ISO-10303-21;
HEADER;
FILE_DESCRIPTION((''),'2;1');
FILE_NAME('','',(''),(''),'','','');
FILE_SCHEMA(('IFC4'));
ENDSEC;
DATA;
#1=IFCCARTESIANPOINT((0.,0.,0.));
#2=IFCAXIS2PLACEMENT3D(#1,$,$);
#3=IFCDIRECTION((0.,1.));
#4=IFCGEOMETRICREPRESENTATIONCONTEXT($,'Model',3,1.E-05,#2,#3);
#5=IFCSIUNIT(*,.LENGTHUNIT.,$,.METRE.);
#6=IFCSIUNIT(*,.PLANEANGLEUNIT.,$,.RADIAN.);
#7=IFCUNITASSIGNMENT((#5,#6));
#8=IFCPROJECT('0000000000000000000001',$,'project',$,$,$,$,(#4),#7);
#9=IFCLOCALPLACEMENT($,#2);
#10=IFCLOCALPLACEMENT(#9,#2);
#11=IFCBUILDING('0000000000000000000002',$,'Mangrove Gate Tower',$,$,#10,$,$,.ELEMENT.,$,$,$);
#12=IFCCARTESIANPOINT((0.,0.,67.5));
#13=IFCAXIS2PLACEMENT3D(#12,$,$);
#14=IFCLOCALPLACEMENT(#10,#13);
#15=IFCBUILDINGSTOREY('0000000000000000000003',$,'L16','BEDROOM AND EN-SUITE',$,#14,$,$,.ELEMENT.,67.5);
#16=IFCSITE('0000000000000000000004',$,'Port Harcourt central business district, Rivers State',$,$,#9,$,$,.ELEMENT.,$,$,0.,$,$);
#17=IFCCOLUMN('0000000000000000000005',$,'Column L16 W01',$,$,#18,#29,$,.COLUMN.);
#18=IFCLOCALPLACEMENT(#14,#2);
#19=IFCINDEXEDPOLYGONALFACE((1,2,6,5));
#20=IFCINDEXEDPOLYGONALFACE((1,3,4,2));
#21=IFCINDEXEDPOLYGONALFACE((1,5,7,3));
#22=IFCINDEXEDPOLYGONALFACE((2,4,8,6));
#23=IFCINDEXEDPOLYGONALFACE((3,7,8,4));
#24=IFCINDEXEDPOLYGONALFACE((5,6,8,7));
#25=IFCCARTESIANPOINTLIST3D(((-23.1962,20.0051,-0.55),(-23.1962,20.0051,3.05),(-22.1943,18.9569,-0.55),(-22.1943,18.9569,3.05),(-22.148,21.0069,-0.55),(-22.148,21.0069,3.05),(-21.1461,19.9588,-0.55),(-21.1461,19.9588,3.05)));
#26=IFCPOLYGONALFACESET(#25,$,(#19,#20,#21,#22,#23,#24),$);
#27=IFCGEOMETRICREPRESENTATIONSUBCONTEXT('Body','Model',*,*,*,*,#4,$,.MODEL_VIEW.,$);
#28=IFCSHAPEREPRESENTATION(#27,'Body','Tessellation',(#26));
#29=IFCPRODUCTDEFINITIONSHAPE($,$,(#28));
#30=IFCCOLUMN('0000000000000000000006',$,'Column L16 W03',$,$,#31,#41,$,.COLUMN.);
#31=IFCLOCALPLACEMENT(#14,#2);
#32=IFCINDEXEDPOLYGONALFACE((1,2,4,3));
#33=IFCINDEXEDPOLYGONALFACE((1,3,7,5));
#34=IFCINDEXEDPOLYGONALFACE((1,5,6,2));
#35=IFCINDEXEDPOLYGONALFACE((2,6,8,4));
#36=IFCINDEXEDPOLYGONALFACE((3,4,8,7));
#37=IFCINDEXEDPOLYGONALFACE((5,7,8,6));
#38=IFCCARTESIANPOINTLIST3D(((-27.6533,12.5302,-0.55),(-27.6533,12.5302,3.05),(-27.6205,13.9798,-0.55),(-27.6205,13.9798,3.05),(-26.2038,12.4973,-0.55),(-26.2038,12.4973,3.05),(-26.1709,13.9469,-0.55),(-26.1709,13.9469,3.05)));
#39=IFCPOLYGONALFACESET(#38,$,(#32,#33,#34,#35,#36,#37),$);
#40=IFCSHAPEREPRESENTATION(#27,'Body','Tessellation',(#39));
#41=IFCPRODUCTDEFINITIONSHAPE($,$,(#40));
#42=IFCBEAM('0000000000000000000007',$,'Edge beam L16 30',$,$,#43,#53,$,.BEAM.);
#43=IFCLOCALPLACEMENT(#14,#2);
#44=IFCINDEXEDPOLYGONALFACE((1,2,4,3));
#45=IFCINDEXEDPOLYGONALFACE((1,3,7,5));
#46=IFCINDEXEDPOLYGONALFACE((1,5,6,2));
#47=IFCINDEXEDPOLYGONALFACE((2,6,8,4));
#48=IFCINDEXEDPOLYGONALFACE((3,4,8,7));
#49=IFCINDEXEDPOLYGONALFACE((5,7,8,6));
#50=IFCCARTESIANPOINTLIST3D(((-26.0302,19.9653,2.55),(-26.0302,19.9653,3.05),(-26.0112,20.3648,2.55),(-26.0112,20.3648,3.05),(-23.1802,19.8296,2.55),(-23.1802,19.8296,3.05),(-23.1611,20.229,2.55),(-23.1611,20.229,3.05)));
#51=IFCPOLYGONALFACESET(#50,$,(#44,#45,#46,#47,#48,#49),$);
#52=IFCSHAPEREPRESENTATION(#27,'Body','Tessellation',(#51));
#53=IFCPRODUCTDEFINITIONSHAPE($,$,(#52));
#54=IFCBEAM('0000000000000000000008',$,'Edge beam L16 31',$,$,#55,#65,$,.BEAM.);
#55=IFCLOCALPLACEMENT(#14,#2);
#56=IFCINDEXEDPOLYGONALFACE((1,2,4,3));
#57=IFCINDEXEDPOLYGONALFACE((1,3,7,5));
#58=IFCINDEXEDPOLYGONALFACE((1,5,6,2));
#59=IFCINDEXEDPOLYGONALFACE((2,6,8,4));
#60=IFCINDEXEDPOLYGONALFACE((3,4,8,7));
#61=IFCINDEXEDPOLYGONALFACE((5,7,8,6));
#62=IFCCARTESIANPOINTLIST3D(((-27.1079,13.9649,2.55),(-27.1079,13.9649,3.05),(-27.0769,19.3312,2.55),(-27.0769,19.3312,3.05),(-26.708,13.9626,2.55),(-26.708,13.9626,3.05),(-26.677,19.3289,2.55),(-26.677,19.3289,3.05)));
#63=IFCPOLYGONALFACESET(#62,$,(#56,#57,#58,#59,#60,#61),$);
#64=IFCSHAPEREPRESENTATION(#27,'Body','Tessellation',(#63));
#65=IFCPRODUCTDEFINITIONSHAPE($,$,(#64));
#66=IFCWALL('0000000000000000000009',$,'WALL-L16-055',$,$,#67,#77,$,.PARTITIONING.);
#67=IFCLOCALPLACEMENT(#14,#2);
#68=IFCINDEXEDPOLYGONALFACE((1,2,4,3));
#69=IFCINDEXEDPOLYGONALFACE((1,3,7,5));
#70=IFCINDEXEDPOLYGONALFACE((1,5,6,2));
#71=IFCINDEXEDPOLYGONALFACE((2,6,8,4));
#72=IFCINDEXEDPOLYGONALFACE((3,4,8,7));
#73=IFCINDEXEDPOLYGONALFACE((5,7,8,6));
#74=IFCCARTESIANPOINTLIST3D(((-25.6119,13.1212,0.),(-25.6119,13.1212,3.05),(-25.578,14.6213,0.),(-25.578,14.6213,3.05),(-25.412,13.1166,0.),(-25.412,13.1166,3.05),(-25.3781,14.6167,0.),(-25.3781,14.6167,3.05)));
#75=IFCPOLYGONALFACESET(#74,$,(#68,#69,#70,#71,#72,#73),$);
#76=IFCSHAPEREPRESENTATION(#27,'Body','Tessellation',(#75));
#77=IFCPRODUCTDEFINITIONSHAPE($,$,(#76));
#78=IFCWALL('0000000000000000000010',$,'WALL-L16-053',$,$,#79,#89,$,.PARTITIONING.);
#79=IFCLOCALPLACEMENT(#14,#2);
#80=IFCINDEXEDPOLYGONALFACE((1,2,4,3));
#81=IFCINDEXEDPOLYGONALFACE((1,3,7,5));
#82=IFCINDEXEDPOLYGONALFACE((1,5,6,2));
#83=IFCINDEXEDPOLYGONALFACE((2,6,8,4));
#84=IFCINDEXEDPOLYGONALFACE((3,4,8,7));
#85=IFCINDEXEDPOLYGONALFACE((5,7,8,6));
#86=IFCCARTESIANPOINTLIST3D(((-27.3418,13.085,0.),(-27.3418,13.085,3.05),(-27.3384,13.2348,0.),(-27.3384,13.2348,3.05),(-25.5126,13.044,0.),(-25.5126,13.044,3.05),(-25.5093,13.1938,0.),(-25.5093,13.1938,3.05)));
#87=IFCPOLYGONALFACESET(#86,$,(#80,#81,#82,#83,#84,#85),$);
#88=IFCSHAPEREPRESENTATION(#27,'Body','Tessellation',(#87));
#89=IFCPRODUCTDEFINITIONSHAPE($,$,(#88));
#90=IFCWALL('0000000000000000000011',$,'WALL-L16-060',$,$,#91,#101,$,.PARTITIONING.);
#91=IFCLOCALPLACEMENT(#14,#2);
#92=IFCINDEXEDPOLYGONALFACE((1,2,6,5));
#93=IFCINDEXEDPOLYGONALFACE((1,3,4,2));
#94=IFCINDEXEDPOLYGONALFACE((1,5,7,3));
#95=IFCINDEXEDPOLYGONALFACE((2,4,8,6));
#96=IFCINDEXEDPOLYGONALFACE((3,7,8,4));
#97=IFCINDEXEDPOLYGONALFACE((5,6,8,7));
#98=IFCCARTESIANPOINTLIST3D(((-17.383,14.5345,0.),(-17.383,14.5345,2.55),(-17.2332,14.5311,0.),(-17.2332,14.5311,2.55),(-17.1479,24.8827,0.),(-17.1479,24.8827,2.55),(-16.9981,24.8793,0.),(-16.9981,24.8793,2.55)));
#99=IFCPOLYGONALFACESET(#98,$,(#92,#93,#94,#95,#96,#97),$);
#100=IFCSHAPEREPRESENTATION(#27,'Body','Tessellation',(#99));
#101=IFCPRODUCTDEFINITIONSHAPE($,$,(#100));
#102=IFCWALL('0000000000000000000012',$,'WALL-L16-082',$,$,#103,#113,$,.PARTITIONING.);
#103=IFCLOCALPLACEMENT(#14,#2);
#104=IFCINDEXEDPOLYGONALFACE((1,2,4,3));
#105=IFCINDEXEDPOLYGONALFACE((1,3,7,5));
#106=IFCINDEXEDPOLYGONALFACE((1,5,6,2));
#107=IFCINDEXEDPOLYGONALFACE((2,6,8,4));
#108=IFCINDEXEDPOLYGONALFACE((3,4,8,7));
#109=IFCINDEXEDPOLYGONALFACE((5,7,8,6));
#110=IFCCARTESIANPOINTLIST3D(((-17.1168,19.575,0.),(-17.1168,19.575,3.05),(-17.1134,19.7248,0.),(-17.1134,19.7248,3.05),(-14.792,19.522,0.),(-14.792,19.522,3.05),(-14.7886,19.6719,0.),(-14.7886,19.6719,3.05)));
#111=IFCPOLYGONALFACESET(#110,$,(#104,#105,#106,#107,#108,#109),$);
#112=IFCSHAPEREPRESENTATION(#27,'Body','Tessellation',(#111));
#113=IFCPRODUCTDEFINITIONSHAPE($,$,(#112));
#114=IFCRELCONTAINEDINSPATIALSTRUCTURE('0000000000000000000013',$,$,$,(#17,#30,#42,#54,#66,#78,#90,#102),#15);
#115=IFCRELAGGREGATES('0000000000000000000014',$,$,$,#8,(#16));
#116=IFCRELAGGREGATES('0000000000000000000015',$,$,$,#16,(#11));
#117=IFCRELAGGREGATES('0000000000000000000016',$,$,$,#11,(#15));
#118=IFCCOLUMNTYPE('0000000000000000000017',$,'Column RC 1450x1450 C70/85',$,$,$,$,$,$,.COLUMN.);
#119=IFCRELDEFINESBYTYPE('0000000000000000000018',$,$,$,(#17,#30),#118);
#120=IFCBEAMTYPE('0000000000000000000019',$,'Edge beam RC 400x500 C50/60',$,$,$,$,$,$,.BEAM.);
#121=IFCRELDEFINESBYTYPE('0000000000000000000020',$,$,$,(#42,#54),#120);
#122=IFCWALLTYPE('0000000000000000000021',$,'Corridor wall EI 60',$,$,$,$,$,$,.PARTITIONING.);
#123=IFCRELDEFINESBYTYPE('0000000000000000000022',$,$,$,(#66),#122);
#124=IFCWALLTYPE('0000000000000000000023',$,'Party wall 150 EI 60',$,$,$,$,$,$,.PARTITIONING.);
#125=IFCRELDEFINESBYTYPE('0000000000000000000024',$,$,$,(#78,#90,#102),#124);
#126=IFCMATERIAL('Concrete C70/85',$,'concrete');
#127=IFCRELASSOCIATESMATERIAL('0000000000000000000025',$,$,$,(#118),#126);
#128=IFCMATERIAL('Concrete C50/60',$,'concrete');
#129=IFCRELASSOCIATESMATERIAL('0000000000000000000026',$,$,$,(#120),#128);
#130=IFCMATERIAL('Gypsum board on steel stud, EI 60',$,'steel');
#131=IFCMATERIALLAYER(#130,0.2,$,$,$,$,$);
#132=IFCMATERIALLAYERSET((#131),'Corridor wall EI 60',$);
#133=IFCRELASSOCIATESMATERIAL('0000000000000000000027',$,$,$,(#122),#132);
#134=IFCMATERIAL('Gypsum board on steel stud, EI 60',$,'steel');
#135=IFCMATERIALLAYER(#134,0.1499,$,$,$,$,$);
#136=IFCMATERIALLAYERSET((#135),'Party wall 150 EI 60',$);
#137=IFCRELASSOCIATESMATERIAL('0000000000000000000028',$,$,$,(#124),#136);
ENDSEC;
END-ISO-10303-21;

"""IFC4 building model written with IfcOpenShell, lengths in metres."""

from ifc_helpers import new_model, si_unit, direction, frame, frame_2d, origin, origin_2d, place, context, subcontext, project, spatial, rectangle, extrude, material, layer, layer_set, material_profile, profile_set, type_object, element, save


model = new_model("IFC4")

# Units and contexts
model_context = context("Model", 3, precision=1e-05, world=origin(), true_north=direction((0.0, 1.0)))
body_context = subcontext(model_context, "Body", "Model", "MODEL_VIEW")
ifc_project = project(units=[si_unit("LENGTHUNIT", "METRE"), si_unit("PLANEANGLEUNIT", "RADIAN")], contexts=[model_context])

# Site, building, storey
site_placement = place(None, origin())
site = spatial("IfcSite", under=ifc_project, at=site_placement, Name="Port Harcourt central business district, Rivers State", CompositionType="ELEMENT", RefElevation=0.0)
building_placement = place(site_placement, origin())
building = spatial("IfcBuilding", under=site, at=building_placement, Name="Mangrove Gate Tower", CompositionType="ELEMENT")
storey_placement = place(building_placement, frame((0.0, 0.0, 67.5)))
storey = spatial("IfcBuildingStorey", under=building, at=storey_placement, Name="L16", Description="BEDROOM AND EN-SUITE", CompositionType="ELEMENT", Elevation=67.5)

# Columns
ifc_material_1 = material(Name="Concrete C70/85", Category="concrete")
ifc_material_profile_1 = material_profile(ifc_material_1, rectangle(XDim=1.45, YDim=1.45, at=origin_2d()))
ifc_profile_set_1 = profile_set([ifc_material_profile_1], Name="Concrete C70/85")
column_type = type_object("IfcColumnType", Name="Column RC 1450x1450 C70/85", PredefinedType="COLUMN", material=ifc_profile_set_1)
for number, where, z_axis, x_axis, name in (
    (1, (-22.1711, 19.9819, -0.55), (0.0, 0.0, 1.0), (-0.722911, -0.690942, 0.0), "Column L16 W01"),
    (2, (-26.9121, 13.2385, -0.55), (0.0, 0.0, 1.0), (-0.022683, -0.999743, 0.0), "Column L16 W03"),
):
    element("IfcColumn", number, at=place(storey_placement, frame(where, z_axis=z_axis, x_axis=x_axis)), inside=storey, type_object=column_type, Name=name, PredefinedType="COLUMN", context=body_context, shape_type="SweptSolid", body=[
        extrude(rectangle(XDim=1.45, YDim=1.45, at=origin_2d()), origin(), (0.0, 0.0, 1.0), 3.6001),
    ])

# Beams
ifc_material_2 = material(Name="Concrete C50/60", Category="concrete")
ifc_material_profile_2 = material_profile(ifc_material_2, rectangle(XDim=0.3999, YDim=0.5, at=origin_2d()))
ifc_profile_set_2 = profile_set([ifc_material_profile_2], Name="Concrete C50/60")
beam_type = type_object("IfcBeamType", Name="Edge beam RC 400x500 C50/60", PredefinedType="BEAM", material=ifc_profile_set_2)
beam_1_placement = place(storey_placement, frame((-23.1707, 20.0293, 2.8), z_axis=(-0.998868, 0.047573, 0.0), x_axis=(-0.047573, -0.998868, 0.0)))
element("IfcBeam", 3, at=beam_1_placement, inside=storey, type_object=beam_type, Name="Edge beam L16 30", PredefinedType="BEAM", context=body_context, shape_type="SweptSolid", body=[
    extrude(rectangle(XDim=0.3999, YDim=0.5, at=origin_2d()), origin(), (0.0, 0.0, 1.0), 2.8533),
])
beam_2_placement = place(storey_placement, frame((-26.877, 19.3301, 2.8), z_axis=(-0.005778, -0.999983, 0.0), x_axis=(0.999983, -0.005778, 0.0)))
element("IfcBeam", 4, at=beam_2_placement, inside=storey, type_object=beam_type, Name="Edge beam L16 31", PredefinedType="BEAM", context=body_context, shape_type="SweptSolid", body=[
    extrude(rectangle(XDim=0.3999, YDim=0.5, at=origin_2d()), origin(), (0.0, 0.0, 1.0), 5.3665),
])

# Wall
ifc_material_3 = material(Name="Gypsum board on steel stud, EI 60", Category="steel")
ifc_layer_1 = layer(ifc_material_3, 0.2)
ifc_layer_set_1 = layer_set([ifc_layer_1], Name="Corridor wall EI 60")
wall_type_1 = type_object("IfcWallType", Name="Corridor wall EI 60", PredefinedType="PARTITIONING", material=ifc_layer_set_1)
wall_1_placement = place(storey_placement, frame((-25.512, 13.1189, 0.0), z_axis=(0.0, 0.0, 1.0), x_axis=(0.022618, 0.999744, 0.0)))
element("IfcWall", 5, at=wall_1_placement, inside=storey, type_object=wall_type_1, Name="WALL-L16-055", PredefinedType="PARTITIONING", context=body_context, shape_type="SweptSolid", body=[
    extrude(rectangle(XDim=1.5005, YDim=0.2, at=frame_2d((0.7502, 0.0))), origin(), (0.0, 0.0, 1.0), 3.05),
])

# Walls
ifc_material_4 = material(Name="Gypsum board on steel stud, EI 60", Category="steel")
ifc_layer_2 = layer(ifc_material_4, 0.1499)
ifc_layer_set_2 = layer_set([ifc_layer_2], Name="Party wall 150 EI 60")
wall_type_2 = type_object("IfcWallType", Name="Party wall 150 EI 60", PredefinedType="PARTITIONING", material=ifc_layer_set_2)
wall_2_placement = place(storey_placement, frame((-27.3401, 13.1599, 0.0), z_axis=(0.0, 0.0, 1.0), x_axis=(0.999749, -0.022418, 0.0)))
element("IfcWall", 6, at=wall_2_placement, inside=storey, type_object=wall_type_2, Name="WALL-L16-053", PredefinedType="PARTITIONING", context=body_context, shape_type="SweptSolid", body=[
    extrude(rectangle(XDim=1.8296, YDim=0.1499, at=frame_2d((0.9148, 0.0))), origin(), (0.0, 0.0, 1.0), 3.05),
])
wall_3_placement = place(storey_placement, frame((-17.3081, 14.533, 0.0), z_axis=(0.0, 0.0, 1.0), x_axis=(0.022714, 0.999742, 0.0)))
element("IfcWall", 7, at=wall_3_placement, inside=storey, type_object=wall_type_2, Name="WALL-L16-060", PredefinedType="PARTITIONING", context=body_context, shape_type="SweptSolid", body=[
    extrude(rectangle(XDim=10.3508, YDim=0.1499, at=frame_2d((5.1753, 0.0))), origin(), (0.0, 0.0, 1.0), 2.55),
])
wall_4_placement = place(storey_placement, frame((-17.115, 19.6499, 0.0), z_axis=(0.0, 0.0, 1.0), x_axis=(0.99974, -0.022781, 0.0)))
element("IfcWall", 8, at=wall_4_placement, inside=storey, type_object=wall_type_2, Name="WALL-L16-082", PredefinedType="PARTITIONING", context=body_context, shape_type="SweptSolid", body=[
    extrude(rectangle(XDim=2.3254, YDim=0.1499, at=frame_2d((1.1626, 0.0))), origin(), (0.0, 0.0, 1.0), 3.05),
])

save(model, "model.ifc")
